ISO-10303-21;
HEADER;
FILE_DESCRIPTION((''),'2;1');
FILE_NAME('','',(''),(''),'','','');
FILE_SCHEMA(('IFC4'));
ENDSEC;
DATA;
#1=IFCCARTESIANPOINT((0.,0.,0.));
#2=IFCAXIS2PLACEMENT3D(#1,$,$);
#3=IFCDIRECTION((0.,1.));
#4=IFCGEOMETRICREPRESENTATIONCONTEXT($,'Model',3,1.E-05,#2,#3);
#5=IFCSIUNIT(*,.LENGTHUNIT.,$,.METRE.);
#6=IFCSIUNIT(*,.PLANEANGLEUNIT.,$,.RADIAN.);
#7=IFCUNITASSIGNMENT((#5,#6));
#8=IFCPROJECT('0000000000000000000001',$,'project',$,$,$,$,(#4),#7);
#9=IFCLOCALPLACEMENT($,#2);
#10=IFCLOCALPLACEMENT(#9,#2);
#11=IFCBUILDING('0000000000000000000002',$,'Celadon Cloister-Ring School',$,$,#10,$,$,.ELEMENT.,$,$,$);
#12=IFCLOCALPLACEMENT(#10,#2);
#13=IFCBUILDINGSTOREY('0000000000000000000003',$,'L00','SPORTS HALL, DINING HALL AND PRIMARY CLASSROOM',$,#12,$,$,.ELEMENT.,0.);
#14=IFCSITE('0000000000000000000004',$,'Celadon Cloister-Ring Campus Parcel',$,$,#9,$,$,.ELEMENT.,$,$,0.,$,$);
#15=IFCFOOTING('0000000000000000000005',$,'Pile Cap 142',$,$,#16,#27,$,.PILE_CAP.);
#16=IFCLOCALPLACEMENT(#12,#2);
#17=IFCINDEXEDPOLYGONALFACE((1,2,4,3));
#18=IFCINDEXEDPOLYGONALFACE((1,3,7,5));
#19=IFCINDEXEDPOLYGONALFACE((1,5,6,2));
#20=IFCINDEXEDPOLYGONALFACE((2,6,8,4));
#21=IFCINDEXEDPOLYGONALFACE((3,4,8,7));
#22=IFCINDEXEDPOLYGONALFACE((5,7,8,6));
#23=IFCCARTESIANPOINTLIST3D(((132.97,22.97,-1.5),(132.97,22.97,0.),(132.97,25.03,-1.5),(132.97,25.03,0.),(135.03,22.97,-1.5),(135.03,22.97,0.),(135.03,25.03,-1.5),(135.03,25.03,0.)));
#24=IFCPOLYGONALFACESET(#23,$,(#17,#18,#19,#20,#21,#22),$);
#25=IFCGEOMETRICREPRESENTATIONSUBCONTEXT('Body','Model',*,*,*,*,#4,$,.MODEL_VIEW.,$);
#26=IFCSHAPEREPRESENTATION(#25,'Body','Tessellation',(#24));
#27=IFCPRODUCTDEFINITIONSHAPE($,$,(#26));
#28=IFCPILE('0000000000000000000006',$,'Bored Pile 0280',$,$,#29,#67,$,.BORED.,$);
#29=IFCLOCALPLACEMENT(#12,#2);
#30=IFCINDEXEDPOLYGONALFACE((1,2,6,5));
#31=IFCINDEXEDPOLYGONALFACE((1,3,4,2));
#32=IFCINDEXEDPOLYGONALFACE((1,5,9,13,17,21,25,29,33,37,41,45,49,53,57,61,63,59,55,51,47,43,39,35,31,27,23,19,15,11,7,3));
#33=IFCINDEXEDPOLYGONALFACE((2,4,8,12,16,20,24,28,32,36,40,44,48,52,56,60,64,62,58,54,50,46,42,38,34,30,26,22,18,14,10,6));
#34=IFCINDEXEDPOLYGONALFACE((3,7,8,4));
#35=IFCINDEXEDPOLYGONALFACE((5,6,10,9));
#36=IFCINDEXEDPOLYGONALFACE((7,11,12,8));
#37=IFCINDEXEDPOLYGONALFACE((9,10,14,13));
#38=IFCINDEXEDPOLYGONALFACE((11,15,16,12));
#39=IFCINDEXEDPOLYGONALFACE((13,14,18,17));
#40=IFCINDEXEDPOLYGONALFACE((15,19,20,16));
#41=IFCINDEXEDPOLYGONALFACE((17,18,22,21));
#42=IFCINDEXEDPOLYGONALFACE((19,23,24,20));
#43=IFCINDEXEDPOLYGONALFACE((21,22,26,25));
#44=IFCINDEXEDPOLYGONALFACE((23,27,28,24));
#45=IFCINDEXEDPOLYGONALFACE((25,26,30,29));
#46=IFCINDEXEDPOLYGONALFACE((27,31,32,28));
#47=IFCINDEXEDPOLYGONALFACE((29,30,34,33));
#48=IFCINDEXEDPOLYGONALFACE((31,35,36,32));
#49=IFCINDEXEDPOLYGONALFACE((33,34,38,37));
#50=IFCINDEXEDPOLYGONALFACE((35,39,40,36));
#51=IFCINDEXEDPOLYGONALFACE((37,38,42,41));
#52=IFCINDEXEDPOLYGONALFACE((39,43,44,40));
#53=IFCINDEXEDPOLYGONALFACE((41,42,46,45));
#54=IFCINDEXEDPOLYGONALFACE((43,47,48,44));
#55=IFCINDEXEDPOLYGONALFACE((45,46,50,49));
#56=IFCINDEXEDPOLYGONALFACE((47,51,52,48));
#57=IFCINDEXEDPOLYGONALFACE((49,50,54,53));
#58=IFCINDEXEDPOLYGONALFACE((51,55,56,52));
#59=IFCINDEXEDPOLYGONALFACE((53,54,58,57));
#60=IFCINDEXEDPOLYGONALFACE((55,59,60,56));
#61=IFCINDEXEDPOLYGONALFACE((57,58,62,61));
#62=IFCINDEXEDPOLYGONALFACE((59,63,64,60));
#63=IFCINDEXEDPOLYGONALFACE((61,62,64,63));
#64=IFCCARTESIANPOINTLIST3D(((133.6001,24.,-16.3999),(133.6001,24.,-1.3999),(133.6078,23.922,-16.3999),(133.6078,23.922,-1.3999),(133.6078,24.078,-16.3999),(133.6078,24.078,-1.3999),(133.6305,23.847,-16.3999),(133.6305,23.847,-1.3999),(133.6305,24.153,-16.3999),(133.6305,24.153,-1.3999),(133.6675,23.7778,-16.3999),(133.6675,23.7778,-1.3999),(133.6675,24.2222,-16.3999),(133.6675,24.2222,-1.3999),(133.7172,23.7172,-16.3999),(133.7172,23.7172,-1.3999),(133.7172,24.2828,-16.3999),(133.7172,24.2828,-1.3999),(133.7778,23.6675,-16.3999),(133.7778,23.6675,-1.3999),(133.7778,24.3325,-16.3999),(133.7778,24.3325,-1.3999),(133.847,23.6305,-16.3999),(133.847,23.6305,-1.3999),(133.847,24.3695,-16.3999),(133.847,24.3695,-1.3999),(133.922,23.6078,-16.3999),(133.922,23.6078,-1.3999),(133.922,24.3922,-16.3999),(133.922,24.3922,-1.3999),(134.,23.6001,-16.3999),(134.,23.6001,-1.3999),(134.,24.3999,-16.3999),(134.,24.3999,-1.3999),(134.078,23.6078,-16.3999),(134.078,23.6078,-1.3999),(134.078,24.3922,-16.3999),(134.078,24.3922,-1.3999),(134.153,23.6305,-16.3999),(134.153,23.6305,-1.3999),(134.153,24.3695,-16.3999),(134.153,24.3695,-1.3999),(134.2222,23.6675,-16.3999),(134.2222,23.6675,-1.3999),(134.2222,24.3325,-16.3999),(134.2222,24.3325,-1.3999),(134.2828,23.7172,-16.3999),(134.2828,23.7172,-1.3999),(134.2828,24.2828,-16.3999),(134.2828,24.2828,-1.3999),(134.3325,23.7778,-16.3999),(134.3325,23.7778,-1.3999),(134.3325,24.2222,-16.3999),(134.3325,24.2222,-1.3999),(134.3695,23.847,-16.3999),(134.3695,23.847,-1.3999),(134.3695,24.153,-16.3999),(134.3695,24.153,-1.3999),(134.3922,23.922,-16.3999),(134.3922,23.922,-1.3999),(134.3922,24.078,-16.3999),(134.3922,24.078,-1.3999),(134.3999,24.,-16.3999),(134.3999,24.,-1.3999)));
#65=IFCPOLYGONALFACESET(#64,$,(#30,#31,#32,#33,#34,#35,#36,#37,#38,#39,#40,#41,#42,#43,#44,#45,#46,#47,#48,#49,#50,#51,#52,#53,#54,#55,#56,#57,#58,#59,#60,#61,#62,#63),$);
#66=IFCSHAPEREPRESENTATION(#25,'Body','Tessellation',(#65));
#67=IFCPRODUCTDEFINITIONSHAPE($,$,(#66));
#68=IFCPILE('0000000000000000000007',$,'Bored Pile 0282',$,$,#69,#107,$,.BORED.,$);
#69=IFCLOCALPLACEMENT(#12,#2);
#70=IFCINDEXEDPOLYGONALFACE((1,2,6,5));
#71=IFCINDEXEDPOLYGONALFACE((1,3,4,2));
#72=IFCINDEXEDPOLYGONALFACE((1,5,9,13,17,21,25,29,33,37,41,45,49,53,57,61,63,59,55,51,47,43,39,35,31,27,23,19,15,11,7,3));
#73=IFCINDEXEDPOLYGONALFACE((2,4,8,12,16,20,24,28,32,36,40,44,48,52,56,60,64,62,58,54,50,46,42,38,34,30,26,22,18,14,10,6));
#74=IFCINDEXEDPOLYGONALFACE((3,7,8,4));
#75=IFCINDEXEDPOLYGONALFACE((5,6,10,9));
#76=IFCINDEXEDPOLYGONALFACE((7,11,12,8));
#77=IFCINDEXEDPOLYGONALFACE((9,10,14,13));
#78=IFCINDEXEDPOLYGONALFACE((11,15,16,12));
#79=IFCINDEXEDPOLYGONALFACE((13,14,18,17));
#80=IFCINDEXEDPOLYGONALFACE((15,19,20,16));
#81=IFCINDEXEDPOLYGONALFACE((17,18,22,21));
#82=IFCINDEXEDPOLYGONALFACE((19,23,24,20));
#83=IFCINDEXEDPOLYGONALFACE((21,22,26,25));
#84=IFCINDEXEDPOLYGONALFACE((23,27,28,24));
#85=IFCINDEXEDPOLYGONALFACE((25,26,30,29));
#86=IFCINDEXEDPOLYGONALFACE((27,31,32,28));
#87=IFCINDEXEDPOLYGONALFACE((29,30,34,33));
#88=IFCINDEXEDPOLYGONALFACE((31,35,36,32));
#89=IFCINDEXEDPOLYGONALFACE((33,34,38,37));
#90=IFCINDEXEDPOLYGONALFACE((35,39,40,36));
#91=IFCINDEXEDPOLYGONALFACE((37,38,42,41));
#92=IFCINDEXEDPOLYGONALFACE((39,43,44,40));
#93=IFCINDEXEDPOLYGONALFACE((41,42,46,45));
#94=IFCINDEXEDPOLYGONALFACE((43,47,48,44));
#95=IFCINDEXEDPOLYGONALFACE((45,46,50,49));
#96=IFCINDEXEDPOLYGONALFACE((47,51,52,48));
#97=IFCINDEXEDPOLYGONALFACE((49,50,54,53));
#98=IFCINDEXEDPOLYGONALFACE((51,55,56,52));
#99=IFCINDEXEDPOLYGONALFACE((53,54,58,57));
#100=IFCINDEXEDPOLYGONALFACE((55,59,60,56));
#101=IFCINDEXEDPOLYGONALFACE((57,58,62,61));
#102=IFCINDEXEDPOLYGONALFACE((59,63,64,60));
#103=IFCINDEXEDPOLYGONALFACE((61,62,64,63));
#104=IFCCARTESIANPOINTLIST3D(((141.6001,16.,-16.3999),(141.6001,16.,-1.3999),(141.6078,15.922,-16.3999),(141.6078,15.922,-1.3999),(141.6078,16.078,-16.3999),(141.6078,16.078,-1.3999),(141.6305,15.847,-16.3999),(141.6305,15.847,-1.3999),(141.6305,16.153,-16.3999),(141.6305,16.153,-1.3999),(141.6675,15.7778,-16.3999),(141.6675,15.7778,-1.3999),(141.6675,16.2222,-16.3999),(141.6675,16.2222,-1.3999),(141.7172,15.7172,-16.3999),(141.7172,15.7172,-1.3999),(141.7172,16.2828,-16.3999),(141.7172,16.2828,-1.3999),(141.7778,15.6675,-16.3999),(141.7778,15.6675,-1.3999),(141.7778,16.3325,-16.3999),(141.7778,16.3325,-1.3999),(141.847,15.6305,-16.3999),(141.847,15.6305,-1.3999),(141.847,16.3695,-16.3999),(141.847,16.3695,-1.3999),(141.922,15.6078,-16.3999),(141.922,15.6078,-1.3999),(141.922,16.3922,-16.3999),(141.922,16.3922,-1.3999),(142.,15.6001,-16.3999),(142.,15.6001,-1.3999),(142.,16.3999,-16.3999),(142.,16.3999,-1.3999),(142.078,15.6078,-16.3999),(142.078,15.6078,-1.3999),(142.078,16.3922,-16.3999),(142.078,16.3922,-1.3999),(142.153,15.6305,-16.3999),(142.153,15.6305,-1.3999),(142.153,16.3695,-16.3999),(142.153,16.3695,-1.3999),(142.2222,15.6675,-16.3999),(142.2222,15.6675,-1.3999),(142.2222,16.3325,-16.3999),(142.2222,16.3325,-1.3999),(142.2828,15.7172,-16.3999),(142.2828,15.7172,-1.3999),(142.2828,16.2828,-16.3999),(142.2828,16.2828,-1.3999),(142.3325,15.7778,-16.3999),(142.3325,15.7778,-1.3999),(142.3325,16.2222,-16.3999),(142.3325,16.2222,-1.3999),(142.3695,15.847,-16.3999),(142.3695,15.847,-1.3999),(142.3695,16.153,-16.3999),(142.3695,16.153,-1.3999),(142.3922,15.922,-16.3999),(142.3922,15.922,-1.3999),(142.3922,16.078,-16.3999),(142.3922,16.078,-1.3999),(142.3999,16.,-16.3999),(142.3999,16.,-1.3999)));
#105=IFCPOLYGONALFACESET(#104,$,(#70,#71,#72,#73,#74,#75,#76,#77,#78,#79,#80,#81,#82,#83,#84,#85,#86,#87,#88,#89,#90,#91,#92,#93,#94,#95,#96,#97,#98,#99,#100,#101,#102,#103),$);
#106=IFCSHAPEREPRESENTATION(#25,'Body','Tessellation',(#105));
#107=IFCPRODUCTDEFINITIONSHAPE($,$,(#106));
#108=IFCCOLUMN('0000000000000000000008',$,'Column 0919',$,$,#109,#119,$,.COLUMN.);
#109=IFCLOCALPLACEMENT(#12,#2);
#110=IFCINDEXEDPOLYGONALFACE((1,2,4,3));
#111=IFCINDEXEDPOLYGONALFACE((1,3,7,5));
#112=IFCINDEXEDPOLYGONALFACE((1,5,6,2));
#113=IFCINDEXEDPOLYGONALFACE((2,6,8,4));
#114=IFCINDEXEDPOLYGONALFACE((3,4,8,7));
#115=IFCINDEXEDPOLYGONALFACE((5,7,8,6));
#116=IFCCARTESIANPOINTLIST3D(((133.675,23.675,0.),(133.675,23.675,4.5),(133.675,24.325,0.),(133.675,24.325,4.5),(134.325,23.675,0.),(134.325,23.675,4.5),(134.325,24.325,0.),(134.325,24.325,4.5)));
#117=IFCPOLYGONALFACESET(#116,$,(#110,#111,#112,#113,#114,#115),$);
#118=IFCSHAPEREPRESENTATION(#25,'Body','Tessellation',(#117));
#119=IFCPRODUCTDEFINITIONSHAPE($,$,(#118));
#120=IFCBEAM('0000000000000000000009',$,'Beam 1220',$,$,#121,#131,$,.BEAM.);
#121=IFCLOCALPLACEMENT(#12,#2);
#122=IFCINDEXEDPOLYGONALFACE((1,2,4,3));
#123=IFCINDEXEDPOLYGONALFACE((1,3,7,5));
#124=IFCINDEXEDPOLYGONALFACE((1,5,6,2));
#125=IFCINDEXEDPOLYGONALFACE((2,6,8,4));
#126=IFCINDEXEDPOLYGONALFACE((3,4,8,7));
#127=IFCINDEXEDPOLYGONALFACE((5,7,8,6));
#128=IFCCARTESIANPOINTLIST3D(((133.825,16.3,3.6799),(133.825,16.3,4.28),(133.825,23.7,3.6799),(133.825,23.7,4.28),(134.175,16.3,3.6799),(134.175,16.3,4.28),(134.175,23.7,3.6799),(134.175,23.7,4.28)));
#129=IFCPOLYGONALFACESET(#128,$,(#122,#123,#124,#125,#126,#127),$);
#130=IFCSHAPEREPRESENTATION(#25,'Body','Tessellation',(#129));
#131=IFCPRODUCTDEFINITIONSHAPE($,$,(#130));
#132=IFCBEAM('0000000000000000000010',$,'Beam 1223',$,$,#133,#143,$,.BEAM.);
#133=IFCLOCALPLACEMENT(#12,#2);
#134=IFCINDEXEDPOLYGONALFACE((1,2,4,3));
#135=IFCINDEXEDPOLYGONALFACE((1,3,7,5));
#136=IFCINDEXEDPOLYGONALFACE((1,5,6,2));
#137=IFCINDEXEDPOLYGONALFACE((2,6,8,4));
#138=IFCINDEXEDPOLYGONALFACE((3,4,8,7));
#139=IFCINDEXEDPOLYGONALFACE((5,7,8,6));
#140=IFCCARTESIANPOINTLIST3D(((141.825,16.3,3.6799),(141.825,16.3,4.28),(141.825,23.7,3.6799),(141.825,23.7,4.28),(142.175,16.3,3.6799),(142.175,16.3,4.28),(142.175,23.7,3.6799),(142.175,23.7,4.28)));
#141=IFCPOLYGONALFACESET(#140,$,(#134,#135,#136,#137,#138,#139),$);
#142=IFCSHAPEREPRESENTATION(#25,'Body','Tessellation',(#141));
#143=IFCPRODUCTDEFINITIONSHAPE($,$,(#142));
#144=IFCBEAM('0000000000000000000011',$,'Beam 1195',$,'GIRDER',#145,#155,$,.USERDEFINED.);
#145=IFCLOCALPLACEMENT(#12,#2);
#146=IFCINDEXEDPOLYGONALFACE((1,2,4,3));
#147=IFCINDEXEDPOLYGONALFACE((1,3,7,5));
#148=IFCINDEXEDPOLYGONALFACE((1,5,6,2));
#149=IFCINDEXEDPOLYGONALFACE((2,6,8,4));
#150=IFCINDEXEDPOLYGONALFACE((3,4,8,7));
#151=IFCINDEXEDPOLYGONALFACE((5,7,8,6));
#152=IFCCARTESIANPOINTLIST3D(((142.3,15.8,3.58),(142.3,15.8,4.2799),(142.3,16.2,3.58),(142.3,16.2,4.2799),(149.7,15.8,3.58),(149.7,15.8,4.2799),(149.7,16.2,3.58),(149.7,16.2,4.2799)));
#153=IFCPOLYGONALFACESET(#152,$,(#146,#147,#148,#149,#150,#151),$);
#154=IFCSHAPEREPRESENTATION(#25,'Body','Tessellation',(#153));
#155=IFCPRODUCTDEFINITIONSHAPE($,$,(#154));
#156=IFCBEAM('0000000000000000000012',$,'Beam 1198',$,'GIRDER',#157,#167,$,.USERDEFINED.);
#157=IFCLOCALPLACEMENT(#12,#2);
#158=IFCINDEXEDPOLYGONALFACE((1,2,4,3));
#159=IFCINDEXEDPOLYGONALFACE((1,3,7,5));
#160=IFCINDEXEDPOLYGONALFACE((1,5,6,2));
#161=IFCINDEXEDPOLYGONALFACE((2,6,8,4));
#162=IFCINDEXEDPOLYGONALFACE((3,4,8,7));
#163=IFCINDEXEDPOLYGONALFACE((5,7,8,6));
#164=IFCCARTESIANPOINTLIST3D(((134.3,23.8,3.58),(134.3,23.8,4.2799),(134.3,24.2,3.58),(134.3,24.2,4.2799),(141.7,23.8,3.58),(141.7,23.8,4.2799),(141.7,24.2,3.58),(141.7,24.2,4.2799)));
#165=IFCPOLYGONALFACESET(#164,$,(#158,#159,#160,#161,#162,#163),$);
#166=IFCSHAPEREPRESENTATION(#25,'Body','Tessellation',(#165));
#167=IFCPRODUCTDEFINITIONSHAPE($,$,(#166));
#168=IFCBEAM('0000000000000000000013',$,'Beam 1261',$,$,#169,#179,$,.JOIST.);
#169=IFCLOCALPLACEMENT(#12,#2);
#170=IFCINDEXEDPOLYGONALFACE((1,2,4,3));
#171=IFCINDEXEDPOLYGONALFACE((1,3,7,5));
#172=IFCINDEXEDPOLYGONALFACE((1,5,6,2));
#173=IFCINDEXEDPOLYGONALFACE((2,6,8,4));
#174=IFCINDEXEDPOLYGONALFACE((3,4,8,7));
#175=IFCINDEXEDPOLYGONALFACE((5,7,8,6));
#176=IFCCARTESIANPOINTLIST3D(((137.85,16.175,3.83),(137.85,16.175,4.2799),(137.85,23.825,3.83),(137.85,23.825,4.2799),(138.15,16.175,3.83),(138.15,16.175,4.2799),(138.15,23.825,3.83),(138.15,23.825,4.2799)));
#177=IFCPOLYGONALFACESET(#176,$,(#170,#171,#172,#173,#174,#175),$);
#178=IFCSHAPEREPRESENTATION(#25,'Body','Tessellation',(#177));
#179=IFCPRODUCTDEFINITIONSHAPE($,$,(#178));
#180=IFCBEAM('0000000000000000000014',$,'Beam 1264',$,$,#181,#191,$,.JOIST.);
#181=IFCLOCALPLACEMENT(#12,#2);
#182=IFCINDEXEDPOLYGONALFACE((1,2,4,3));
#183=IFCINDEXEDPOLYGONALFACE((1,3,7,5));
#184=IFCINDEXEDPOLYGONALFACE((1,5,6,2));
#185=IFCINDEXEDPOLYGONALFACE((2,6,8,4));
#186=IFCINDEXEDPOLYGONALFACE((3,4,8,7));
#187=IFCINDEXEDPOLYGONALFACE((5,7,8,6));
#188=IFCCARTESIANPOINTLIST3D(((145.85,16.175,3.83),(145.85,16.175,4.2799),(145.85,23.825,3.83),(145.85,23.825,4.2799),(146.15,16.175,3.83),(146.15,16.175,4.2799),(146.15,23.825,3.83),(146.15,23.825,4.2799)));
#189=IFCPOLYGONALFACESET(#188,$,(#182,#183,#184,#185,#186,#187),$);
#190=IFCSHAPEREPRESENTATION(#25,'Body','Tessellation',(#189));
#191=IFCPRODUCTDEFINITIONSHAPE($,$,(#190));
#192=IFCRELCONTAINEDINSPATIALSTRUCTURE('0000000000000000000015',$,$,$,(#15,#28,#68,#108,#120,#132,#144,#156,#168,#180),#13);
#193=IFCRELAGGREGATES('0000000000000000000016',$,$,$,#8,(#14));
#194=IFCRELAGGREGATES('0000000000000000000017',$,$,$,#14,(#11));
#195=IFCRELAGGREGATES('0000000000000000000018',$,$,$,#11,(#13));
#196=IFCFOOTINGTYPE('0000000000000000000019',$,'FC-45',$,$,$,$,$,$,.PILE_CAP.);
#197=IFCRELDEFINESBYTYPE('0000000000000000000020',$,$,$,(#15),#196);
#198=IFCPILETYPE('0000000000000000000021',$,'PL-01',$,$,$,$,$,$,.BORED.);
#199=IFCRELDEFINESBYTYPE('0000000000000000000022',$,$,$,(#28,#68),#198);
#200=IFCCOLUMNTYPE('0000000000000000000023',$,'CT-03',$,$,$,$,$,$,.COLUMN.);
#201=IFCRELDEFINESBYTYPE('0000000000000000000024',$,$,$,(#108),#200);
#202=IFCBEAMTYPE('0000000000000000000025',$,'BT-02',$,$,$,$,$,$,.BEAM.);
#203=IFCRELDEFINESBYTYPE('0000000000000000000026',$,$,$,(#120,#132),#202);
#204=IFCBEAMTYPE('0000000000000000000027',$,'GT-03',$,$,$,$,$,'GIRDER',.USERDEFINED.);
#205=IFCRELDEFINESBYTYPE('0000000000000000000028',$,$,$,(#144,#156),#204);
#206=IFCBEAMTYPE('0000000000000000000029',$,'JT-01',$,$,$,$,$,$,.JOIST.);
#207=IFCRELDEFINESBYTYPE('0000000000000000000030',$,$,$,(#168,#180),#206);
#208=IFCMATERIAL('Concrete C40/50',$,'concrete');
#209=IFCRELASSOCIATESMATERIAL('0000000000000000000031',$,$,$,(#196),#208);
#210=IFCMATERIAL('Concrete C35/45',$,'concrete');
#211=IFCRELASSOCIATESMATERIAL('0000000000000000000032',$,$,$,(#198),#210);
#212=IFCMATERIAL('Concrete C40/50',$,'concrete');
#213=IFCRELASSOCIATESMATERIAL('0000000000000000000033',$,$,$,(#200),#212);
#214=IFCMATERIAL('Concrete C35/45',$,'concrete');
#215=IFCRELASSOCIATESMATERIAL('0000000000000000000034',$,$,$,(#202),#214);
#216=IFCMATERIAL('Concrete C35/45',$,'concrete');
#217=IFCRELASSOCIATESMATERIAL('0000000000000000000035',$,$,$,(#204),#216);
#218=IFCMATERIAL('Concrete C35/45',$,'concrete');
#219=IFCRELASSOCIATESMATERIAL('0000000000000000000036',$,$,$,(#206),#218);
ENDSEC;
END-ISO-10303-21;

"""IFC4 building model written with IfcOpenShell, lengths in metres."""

from ifc_helpers import new_model, si_unit, direction, frame, origin, origin_2d, place, context, subcontext, project, spatial, rectangle, circle, extrude, material, material_profile, profile_set, type_object, element, save


model = new_model("IFC4")

# Units and contexts
model_context = context("Model", 3, precision=1e-05, world=origin(), true_north=direction((0.0, 1.0)))
body_context = subcontext(model_context, "Body", "Model", "MODEL_VIEW")
ifc_project = project(units=[si_unit("LENGTHUNIT", "METRE"), si_unit("PLANEANGLEUNIT", "RADIAN")], contexts=[model_context])

# Site, building, storey
site_placement = place(None, origin())
site = spatial("IfcSite", under=ifc_project, at=site_placement, Name="Celadon Cloister-Ring Campus Parcel", CompositionType="ELEMENT", RefElevation=0.0)
building_placement = place(site_placement, origin())
building = spatial("IfcBuilding", under=site, at=building_placement, Name="Celadon Cloister-Ring School", CompositionType="ELEMENT")
storey_placement = place(building_placement, origin())
storey = spatial("IfcBuildingStorey", under=building, at=storey_placement, Name="L00", Description="SPORTS HALL, DINING HALL AND PRIMARY CLASSROOM", CompositionType="ELEMENT", Elevation=0.0)

# Footing
ifc_material_1 = material(Name="Concrete C40/50", Category="concrete")
footing_type = type_object("IfcFootingType", Name="FC-45", PredefinedType="PILE_CAP", material=ifc_material_1)
footing_placement = place(storey_placement, frame((134.0, 24.0, -1.5), z_axis=(0.0, 0.0, 1.0), x_axis=(1.0, 0.0, 0.0)))
element("IfcFooting", 1, at=footing_placement, inside=storey, type_object=footing_type, Name="Pile Cap 142", PredefinedType="PILE_CAP", context=body_context, shape_type="SweptSolid", body=[
    extrude(rectangle(XDim=2.0601, YDim=2.0601, at=origin_2d()), origin(), (0.0, 0.0, 1.0), 1.5),
])

# Piles
ifc_material_2 = material(Name="Concrete C35/45", Category="concrete")
ifc_material_profile_1 = material_profile(ifc_material_2, circle(Radius=0.3999, at=origin_2d()), Name="PILE800")
ifc_profile_set_1 = profile_set([ifc_material_profile_1], Name="Concrete C35/45")
pile_type = type_object("IfcPileType", Name="PL-01", PredefinedType="BORED", material=ifc_profile_set_1)
for number, where, z_axis, x_axis, name in (
    (2, (134.0, 24.0, -1.3999), (0.0, 0.0, -1.0), (1.0, 0.0, 0.0), "Bored Pile 0280"),
    (3, (142.0, 16.0, -1.3999), (0.0, 0.0, -1.0), (1.0, 0.0, 0.0), "Bored Pile 0282"),
):
    element("IfcPile", number, at=place(storey_placement, frame(where, z_axis=z_axis, x_axis=x_axis)), inside=storey, type_object=pile_type, Name=name, PredefinedType="BORED", context=body_context, shape_type="SweptSolid", body=[
        extrude(circle(Radius=0.3999, at=origin_2d()), origin(), (0.0, 0.0, 1.0), 15.0),
    ])

# Column
ifc_material_3 = material(Name="Concrete C40/50", Category="concrete")
ifc_material_profile_2 = material_profile(ifc_material_3, rectangle(XDim=0.6499, YDim=0.6499, at=origin_2d()), Name="RC650X650")
ifc_profile_set_2 = profile_set([ifc_material_profile_2], Name="Concrete C40/50")
column_type = type_object("IfcColumnType", Name="CT-03", PredefinedType="COLUMN", material=ifc_profile_set_2)
column_placement = place(storey_placement, frame((134.0, 24.0, 0.0), z_axis=(0.0, 0.0, 1.0), x_axis=(1.0, 0.0, 0.0)))
element("IfcColumn", 4, at=column_placement, inside=storey, type_object=column_type, Name="Column 0919", PredefinedType="COLUMN", context=body_context, shape_type="SweptSolid", body=[
    extrude(rectangle(XDim=0.6499, YDim=0.6499, at=origin_2d()), origin(), (0.0, 0.0, 1.0), 4.5),
])

# Beams
ifc_material_4 = material(Name="Concrete C35/45", Category="concrete")
ifc_material_profile_3 = material_profile(ifc_material_4, rectangle(XDim=0.3501, YDim=0.6001, at=origin_2d()), Name="RC350X600")
ifc_profile_set_3 = profile_set([ifc_material_profile_3], Name="Concrete C35/45")
beam_type_1 = type_object("IfcBeamType", Name="BT-02", PredefinedType="BEAM", material=ifc_profile_set_3)
for number, where, z_axis, x_axis, name in (
    (5, (134.0, 16.3, 3.98), (0.0, 1.0, 0.0), (-1.0, 0.0, 0.0), "Beam 1220"),
    (6, (142.0, 16.3, 3.98), (0.0, 1.0, 0.0), (-1.0, 0.0, 0.0), "Beam 1223"),
):
    element("IfcBeam", number, at=place(storey_placement, frame(where, z_axis=z_axis, x_axis=x_axis)), inside=storey, type_object=beam_type_1, Name=name, PredefinedType="BEAM", context=body_context, shape_type="SweptSolid", body=[
        extrude(rectangle(XDim=0.3501, YDim=0.6001, at=origin_2d()), origin(), (0.0, 0.0, 1.0), 7.3999),
    ])
ifc_material_5 = material(Name="Concrete C35/45", Category="concrete")
ifc_material_profile_4 = material_profile(ifc_material_5, rectangle(XDim=0.3999, YDim=0.7, at=origin_2d()), Name="RC400X700")
ifc_profile_set_4 = profile_set([ifc_material_profile_4], Name="Concrete C35/45")
beam_type_2 = type_object("IfcBeamType", Name="GT-03", ElementType="GIRDER", PredefinedType="USERDEFINED", material=ifc_profile_set_4)
for number, where, z_axis, x_axis, name in (
    (7, (142.3, 16.0, 3.9299), (1.0, 0.0, 0.0), (0.0, 1.0, 0.0), "Beam 1195"),
    (8, (134.3, 24.0, 3.9299), (1.0, 0.0, 0.0), (0.0, 1.0, 0.0), "Beam 1198"),
):
    element("IfcBeam", number, at=place(storey_placement, frame(where, z_axis=z_axis, x_axis=x_axis)), inside=storey, type_object=beam_type_2, Name=name, ObjectType="GIRDER", PredefinedType="USERDEFINED", context=body_context, shape_type="SweptSolid", body=[
        extrude(rectangle(XDim=0.3999, YDim=0.7, at=origin_2d()), origin(), (0.0, 0.0, 1.0), 7.3999),
    ])
ifc_material_6 = material(Name="Concrete C35/45", Category="concrete")
ifc_material_profile_5 = material_profile(ifc_material_6, rectangle(XDim=0.3, YDim=0.45, at=origin_2d()), Name="RC300X450")
ifc_profile_set_5 = profile_set([ifc_material_profile_5], Name="Concrete C35/45")
beam_type_3 = type_object("IfcBeamType", Name="JT-01", PredefinedType="JOIST", material=ifc_profile_set_5)
for number, where, z_axis, x_axis, name in (
    (9, (138.0, 16.175, 4.0549), (0.0, 1.0, 0.0), (-1.0, 0.0, 0.0), "Beam 1261"),
    (10, (146.0, 16.175, 4.0549), (0.0, 1.0, 0.0), (-1.0, 0.0, 0.0), "Beam 1264"),
):
    element("IfcBeam", number, at=place(storey_placement, frame(where, z_axis=z_axis, x_axis=x_axis)), inside=storey, type_object=beam_type_3, Name=name, PredefinedType="JOIST", context=body_context, shape_type="SweptSolid", body=[
        extrude(rectangle(XDim=0.3, YDim=0.45, at=origin_2d()), origin(), (0.0, 0.0, 1.0), 7.6499),
    ])

save(model, "model.ifc")
